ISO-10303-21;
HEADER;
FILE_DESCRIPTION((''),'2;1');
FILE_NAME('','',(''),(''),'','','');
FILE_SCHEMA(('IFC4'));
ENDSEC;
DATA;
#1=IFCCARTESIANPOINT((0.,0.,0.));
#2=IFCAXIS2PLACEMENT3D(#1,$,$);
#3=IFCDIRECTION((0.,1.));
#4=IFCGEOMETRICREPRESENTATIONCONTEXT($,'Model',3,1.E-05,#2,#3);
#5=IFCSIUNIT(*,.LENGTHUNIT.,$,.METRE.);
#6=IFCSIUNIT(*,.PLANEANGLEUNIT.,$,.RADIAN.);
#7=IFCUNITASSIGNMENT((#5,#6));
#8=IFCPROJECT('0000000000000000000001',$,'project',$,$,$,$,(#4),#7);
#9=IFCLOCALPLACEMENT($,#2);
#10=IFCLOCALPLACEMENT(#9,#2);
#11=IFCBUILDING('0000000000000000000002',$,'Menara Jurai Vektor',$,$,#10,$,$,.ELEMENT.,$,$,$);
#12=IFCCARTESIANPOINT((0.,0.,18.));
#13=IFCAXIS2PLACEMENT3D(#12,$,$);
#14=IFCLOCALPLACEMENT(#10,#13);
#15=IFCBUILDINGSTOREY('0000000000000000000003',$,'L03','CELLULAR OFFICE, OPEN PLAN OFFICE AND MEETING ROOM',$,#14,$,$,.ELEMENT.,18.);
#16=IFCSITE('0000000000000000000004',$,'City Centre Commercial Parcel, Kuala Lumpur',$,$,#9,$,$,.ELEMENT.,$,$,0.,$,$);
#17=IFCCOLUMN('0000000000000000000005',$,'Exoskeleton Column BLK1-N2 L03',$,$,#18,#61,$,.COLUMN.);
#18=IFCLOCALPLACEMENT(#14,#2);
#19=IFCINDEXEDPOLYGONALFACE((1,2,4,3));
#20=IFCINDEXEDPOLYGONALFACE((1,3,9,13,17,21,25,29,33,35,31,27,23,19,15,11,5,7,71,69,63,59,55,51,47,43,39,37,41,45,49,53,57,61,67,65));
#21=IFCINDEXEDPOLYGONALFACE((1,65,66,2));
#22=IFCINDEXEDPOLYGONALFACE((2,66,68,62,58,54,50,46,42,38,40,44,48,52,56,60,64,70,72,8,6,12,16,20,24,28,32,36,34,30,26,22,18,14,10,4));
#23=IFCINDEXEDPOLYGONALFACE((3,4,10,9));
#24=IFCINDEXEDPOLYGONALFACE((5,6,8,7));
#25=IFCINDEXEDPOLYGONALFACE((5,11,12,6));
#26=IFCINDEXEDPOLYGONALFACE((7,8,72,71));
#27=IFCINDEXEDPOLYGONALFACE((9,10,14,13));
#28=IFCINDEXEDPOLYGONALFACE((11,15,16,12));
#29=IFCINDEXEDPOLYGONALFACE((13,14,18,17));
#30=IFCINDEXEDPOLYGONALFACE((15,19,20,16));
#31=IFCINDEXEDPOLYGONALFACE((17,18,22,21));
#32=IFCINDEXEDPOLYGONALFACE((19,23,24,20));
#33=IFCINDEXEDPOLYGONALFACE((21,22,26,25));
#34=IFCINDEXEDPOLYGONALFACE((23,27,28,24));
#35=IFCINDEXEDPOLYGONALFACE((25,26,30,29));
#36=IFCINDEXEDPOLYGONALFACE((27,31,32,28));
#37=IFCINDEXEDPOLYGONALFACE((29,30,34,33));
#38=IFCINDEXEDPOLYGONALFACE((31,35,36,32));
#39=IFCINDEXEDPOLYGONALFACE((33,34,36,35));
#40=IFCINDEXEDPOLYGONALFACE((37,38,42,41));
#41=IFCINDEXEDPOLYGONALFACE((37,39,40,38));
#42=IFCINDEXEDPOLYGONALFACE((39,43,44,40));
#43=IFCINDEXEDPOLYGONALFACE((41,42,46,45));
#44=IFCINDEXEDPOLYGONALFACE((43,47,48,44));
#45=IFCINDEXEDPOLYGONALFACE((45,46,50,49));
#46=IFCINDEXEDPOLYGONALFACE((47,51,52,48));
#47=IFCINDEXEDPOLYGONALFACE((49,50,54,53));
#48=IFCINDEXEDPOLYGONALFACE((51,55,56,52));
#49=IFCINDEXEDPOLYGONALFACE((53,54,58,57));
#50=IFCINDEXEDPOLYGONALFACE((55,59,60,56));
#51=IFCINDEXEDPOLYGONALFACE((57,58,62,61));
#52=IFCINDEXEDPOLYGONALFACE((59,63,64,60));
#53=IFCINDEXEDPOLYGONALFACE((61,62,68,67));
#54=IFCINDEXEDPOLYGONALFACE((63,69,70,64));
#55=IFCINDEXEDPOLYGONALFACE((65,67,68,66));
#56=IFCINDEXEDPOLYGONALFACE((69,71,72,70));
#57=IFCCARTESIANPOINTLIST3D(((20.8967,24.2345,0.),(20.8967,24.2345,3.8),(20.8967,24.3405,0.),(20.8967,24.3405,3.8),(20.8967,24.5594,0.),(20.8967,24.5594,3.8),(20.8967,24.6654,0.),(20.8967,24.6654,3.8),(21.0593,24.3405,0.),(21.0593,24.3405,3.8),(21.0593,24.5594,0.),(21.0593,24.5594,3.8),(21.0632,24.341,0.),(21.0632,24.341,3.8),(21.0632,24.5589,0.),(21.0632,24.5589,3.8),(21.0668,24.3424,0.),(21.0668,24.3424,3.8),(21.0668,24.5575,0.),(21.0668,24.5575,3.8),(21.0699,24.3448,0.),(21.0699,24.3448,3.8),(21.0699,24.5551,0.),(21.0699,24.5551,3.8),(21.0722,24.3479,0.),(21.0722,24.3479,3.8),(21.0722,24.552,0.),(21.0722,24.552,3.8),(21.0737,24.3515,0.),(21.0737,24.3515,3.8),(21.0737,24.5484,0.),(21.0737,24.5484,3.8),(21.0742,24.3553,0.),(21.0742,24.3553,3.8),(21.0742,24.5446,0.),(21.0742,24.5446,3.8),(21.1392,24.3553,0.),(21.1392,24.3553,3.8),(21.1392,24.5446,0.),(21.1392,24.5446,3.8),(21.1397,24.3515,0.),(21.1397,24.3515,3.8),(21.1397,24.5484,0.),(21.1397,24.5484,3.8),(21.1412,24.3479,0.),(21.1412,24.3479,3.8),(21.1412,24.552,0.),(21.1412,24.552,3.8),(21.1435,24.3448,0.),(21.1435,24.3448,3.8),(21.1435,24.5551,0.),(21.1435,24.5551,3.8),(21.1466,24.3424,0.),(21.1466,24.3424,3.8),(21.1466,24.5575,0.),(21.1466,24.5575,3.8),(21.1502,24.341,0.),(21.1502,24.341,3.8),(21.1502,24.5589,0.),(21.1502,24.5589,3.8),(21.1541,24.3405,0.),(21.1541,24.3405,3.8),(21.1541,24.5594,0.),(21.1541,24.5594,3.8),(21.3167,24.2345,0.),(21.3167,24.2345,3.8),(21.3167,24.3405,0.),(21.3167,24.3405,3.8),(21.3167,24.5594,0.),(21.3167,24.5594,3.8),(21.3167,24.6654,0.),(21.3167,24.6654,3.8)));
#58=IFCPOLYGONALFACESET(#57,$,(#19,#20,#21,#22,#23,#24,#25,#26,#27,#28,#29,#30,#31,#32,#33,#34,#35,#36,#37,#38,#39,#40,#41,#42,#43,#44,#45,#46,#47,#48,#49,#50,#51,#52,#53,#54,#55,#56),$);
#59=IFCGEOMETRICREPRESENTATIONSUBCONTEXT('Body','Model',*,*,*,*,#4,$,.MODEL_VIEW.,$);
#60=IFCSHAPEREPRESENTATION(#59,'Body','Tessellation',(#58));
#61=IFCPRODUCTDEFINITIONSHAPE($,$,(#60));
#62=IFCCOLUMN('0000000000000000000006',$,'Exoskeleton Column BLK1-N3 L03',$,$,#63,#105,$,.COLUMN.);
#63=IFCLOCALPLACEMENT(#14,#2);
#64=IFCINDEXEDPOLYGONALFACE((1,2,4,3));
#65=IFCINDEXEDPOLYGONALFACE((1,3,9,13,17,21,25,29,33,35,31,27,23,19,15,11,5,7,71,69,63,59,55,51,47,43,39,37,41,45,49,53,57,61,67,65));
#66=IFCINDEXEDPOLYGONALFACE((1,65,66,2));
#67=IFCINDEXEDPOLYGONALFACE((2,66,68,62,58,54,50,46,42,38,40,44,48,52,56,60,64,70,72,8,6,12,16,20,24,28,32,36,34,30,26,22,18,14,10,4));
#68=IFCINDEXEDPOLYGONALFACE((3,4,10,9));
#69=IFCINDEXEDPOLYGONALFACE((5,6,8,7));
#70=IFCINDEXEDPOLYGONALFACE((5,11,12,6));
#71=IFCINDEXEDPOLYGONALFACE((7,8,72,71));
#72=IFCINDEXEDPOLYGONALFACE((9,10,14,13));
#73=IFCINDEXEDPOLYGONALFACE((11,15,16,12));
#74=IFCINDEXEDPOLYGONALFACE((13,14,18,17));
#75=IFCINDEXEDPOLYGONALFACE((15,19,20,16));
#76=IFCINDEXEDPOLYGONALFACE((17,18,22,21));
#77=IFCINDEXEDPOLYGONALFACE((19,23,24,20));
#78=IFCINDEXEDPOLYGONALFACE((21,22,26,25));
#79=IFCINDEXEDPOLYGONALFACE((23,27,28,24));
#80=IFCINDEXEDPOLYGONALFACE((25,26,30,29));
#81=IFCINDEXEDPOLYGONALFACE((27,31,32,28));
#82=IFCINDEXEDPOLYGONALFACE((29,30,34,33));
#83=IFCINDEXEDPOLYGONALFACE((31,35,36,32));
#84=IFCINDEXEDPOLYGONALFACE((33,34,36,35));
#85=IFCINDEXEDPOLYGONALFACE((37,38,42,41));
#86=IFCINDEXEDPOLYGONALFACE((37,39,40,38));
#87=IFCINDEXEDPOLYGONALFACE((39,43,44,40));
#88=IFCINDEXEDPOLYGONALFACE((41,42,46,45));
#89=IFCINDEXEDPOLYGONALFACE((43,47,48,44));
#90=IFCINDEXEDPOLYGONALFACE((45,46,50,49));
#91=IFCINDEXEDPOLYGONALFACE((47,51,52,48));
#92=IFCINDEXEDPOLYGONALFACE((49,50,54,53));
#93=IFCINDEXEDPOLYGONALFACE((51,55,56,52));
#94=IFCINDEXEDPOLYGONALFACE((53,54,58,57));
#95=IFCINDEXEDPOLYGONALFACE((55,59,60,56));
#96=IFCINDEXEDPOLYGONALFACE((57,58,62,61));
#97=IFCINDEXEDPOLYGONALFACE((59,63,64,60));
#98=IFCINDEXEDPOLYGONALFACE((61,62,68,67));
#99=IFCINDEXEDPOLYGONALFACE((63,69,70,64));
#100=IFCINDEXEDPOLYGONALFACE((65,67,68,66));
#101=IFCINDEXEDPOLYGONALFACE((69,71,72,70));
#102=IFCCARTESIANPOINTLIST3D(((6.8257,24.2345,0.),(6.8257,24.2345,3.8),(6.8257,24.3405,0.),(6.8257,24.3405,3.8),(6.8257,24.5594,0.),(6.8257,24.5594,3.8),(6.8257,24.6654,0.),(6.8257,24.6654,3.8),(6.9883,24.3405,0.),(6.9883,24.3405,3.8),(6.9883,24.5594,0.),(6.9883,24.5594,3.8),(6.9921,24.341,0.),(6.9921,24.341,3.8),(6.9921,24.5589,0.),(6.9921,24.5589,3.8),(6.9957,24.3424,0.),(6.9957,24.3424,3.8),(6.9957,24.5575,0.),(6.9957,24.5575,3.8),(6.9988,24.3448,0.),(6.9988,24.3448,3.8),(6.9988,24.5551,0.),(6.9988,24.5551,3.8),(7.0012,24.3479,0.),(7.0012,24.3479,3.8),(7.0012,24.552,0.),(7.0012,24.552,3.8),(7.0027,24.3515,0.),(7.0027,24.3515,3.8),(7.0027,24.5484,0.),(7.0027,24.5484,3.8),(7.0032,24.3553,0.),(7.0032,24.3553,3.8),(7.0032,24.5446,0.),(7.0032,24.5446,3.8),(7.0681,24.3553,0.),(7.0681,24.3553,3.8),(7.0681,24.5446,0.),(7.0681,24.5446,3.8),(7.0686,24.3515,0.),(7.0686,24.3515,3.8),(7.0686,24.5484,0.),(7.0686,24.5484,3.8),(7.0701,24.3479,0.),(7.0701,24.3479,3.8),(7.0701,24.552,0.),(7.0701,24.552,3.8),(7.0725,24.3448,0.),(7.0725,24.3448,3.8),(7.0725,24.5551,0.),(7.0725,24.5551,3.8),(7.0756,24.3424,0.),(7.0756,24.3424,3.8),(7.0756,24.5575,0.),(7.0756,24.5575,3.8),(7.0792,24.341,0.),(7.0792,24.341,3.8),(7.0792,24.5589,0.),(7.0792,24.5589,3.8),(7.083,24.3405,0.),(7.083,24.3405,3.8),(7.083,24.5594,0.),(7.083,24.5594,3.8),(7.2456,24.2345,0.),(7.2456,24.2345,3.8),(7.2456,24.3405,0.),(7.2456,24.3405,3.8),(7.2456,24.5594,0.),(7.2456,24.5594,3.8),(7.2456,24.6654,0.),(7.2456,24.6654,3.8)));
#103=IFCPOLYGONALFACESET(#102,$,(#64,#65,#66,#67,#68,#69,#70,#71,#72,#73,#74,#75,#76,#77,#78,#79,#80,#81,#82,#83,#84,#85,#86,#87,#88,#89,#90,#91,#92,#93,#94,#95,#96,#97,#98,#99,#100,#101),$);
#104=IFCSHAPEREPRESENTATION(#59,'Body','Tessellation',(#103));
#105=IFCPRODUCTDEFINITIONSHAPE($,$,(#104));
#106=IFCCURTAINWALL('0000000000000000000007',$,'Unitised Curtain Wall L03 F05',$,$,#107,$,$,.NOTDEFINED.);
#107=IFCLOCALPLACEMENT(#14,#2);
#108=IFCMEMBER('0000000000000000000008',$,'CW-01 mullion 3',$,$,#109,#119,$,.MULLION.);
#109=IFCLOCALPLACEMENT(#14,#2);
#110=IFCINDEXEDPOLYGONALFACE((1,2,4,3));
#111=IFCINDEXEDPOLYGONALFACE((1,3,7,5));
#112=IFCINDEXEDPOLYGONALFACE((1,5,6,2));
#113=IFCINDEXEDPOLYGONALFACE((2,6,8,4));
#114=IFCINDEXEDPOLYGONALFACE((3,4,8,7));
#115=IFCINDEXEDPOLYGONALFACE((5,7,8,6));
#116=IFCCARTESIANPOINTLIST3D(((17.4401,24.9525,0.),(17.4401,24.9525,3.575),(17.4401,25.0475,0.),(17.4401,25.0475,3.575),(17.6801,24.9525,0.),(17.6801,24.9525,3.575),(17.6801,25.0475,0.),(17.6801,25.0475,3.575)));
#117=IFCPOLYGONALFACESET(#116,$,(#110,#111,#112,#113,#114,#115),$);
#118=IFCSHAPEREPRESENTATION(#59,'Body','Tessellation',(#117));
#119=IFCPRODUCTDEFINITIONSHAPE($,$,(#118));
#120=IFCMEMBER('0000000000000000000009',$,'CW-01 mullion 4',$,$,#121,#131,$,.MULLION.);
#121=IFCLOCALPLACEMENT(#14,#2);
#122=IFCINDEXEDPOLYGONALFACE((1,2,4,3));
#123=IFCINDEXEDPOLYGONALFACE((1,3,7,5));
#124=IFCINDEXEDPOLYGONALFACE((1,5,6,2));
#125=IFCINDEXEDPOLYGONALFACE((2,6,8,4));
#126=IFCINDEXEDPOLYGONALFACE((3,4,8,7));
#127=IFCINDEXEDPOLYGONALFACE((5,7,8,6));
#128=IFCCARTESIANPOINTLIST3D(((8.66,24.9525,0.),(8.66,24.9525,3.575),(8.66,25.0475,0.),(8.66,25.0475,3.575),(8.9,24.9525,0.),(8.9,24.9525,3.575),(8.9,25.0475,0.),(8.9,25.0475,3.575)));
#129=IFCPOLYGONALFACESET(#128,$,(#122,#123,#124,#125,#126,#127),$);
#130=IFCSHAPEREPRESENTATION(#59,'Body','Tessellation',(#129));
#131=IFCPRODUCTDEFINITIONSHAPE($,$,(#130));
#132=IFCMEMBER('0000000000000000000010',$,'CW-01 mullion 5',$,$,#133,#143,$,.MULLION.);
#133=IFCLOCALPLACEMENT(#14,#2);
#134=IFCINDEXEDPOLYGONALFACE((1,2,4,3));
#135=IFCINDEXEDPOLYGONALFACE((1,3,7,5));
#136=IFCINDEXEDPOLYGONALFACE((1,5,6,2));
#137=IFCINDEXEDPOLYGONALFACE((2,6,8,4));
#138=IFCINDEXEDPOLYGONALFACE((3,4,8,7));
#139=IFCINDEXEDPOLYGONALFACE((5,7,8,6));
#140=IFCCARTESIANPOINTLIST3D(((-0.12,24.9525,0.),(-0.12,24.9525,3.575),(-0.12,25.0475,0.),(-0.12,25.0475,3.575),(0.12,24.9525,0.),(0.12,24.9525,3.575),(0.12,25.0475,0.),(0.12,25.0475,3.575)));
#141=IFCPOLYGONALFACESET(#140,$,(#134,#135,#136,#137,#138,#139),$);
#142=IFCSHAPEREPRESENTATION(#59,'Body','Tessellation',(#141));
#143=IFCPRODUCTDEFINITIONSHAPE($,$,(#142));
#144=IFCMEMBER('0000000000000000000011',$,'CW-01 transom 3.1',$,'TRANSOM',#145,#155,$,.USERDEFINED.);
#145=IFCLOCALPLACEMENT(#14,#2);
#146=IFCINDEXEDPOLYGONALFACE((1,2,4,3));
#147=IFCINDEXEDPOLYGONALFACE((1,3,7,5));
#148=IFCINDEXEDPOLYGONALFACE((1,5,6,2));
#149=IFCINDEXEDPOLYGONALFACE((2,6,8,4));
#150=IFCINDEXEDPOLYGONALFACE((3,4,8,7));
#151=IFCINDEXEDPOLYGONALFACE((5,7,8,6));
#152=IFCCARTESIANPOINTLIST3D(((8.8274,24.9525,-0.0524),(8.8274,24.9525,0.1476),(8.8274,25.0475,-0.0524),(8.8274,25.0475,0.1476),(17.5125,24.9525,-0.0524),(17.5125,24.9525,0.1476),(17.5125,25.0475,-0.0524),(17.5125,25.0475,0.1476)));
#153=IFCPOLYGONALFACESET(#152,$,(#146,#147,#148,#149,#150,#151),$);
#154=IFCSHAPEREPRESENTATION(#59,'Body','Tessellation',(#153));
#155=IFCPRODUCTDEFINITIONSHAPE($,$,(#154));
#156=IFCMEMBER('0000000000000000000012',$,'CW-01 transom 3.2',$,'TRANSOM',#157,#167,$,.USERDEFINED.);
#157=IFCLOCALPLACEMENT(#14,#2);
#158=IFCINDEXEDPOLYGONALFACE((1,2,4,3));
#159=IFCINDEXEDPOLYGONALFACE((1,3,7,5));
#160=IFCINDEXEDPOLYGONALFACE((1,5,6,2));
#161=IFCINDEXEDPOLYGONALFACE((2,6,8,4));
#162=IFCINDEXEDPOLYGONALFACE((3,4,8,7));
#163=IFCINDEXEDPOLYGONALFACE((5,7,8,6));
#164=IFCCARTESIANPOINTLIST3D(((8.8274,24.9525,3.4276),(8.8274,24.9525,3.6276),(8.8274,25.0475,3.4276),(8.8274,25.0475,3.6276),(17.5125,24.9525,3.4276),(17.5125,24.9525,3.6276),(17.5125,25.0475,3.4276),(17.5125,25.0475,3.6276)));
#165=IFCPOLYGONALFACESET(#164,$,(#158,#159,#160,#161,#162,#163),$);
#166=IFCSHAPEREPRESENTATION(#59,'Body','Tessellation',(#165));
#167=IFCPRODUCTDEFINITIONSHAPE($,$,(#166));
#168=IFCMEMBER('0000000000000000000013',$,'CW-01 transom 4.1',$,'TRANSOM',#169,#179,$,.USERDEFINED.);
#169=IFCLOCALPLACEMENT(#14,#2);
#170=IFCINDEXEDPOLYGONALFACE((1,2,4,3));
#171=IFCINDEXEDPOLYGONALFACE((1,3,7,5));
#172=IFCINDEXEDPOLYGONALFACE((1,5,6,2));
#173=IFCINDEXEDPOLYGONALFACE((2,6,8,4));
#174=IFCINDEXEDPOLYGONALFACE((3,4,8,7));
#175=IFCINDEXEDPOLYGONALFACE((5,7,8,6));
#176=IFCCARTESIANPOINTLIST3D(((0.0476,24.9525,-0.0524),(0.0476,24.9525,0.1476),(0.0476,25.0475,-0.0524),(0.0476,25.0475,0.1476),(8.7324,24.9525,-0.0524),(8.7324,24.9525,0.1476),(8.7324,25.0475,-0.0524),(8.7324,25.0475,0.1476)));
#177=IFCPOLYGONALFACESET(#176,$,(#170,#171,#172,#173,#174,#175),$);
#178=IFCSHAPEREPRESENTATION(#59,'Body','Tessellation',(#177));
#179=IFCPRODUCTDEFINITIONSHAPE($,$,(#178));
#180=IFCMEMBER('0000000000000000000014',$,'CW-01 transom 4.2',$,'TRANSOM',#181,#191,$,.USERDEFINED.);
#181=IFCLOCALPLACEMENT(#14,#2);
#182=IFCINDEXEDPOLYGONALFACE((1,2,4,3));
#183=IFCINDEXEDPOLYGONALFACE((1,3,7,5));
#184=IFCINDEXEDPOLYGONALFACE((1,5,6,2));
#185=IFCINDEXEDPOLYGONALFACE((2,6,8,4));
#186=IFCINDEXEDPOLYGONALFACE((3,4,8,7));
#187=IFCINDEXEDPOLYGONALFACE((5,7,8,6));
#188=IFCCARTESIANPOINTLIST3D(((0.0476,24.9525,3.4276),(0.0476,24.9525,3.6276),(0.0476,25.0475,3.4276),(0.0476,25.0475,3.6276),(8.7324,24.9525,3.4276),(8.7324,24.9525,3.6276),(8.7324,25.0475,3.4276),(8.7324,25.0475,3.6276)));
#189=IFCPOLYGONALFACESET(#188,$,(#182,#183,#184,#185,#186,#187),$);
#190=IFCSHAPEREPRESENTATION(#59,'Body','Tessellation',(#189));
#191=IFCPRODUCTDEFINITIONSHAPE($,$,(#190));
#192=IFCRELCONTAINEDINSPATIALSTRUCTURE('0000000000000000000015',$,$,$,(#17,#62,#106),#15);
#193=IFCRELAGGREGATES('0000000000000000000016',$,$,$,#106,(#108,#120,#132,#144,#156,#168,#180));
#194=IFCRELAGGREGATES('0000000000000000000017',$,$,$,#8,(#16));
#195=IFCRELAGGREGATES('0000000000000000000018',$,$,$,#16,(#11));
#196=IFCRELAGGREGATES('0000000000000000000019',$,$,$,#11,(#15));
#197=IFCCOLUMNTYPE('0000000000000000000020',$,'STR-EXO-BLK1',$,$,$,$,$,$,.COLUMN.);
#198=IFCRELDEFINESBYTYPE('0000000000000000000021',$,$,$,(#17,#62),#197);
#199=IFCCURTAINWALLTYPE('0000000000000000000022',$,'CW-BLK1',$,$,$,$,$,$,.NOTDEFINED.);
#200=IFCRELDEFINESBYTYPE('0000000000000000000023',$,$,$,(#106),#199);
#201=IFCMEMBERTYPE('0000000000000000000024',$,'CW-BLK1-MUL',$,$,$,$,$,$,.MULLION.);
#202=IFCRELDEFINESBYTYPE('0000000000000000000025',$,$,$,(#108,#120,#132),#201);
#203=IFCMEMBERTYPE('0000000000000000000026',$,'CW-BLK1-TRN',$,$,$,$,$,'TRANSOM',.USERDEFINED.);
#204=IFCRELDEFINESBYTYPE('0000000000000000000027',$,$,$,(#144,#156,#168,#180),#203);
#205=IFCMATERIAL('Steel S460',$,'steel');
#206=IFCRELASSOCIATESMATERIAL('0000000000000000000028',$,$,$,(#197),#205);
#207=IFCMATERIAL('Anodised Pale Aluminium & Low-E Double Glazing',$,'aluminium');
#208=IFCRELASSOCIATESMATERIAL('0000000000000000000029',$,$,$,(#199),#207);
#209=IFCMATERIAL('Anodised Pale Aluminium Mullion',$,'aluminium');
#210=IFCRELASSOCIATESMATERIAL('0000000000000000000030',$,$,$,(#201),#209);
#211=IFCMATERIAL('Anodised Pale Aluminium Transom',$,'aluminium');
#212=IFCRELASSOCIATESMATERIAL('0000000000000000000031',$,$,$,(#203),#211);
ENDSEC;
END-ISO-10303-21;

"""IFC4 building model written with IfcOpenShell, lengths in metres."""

from ifc_helpers import new_model, si_unit, direction, frame, origin, origin_2d, place, context, subcontext, project, spatial, rectangle, i_section, extrude, material, material_profile, profile_set, type_object, element, aggregate, save


model = new_model("IFC4")

# Units and contexts
model_context = context("Model", 3, precision=1e-05, world=origin(), true_north=direction((0.0, 1.0)))
body_context = subcontext(model_context, "Body", "Model", "MODEL_VIEW")
ifc_project = project(units=[si_unit("LENGTHUNIT", "METRE"), si_unit("PLANEANGLEUNIT", "RADIAN")], contexts=[model_context])

# Site, building, storey
site_placement = place(None, origin())
site = spatial("IfcSite", under=ifc_project, at=site_placement, Name="City Centre Commercial Parcel, Kuala Lumpur", CompositionType="ELEMENT", RefElevation=0.0)
building_placement = place(site_placement, origin())
building = spatial("IfcBuilding", under=site, at=building_placement, Name="Menara Jurai Vektor", CompositionType="ELEMENT")
storey_placement = place(building_placement, frame((0.0, 0.0, 18.0)))
storey = spatial("IfcBuildingStorey", under=building, at=storey_placement, Name="L03", Description="CELLULAR OFFICE, OPEN PLAN OFFICE AND MEETING ROOM", CompositionType="ELEMENT", Elevation=18.0)

# Columns
ifc_material_1 = material(Name="Steel S460", Category="steel")
ifc_material_profile_1 = material_profile(ifc_material_1, i_section(OverallWidth=0.4199, OverallDepth=0.4309, WebThickness=0.0649, FlangeThickness=0.106, FilletRadius=0.0149, at=origin_2d()), Name="HD 400x900")
ifc_profile_set_1 = profile_set([ifc_material_profile_1], Name="Steel S460")
column_type = type_object("IfcColumnType", Name="STR-EXO-BLK1", PredefinedType="COLUMN", material=ifc_profile_set_1)
for number, where, z_axis, x_axis, name in (
    (1, (21.1067, 24.45, 0.0), (0.0, 0.0, 1.0), (1.0, 0.0, 0.0), "Exoskeleton Column BLK1-N2 L03"),
    (2, (7.0356, 24.45, 0.0), (0.0, 0.0, 1.0), (1.0, 0.0, 0.0), "Exoskeleton Column BLK1-N3 L03"),
):
    element("IfcColumn", number, at=place(storey_placement, frame(where, z_axis=z_axis, x_axis=x_axis)), inside=storey, type_object=column_type, Name=name, PredefinedType="COLUMN", context=body_context, shape_type="SweptSolid", body=[
        extrude(i_section(OverallWidth=0.4199, OverallDepth=0.4309, WebThickness=0.0649, FlangeThickness=0.106, FilletRadius=0.0149, at=origin_2d()), origin(), (0.0, 0.0, 1.0), 3.8),
    ])

# Curtain wall, members
ifc_material_2 = material(Name="Anodised Pale Aluminium & Low-E Double Glazing", Category="aluminium")
curtain_wall_type = type_object("IfcCurtainWallType", Name="CW-BLK1", PredefinedType="NOTDEFINED", material=ifc_material_2)
curtain_wall_placement = place(storey_placement, origin())
curtain_wall = element("IfcCurtainWall", 3, at=curtain_wall_placement, inside=storey, type_object=curtain_wall_type, Name="Unitised Curtain Wall L03 F05", PredefinedType="NOTDEFINED")
ifc_material_3 = material(Name="Anodised Pale Aluminium Mullion", Category="aluminium")
ifc_material_profile_2 = material_profile(ifc_material_3, rectangle(XDim=0.095, YDim=0.24, at=origin_2d()), Name="ALU MUL 95x240")
ifc_profile_set_2 = profile_set([ifc_material_profile_2], Name="Anodised Pale Aluminium Mullion")
member_type_1 = type_object("IfcMemberType", Name="CW-BLK1-MUL", PredefinedType="MULLION", material=ifc_profile_set_2)
member_1_placement = place(storey_placement, frame((17.5601, 25.0, 0.0), z_axis=(0.0, 0.0, 1.0), x_axis=(0.0, -1.0, 0.0)))
member_1 = element("IfcMember", 4, at=member_1_placement, type_object=member_type_1, Name="CW-01 mullion 3", PredefinedType="MULLION", context=body_context, shape_type="SweptSolid", body=[
    extrude(rectangle(XDim=0.095, YDim=0.24, at=origin_2d()), origin(), (0.0, 0.0, 1.0), 3.575),
])
member_2_placement = place(storey_placement, frame((8.78, 25.0, 0.0), z_axis=(0.0, 0.0, 1.0), x_axis=(0.0, -1.0, 0.0)))
member_2 = element("IfcMember", 5, at=member_2_placement, type_object=member_type_1, Name="CW-01 mullion 4", PredefinedType="MULLION", context=body_context, shape_type="SweptSolid", body=[
    extrude(rectangle(XDim=0.095, YDim=0.24, at=origin_2d()), origin(), (0.0, 0.0, 1.0), 3.575),
])
member_3_placement = place(storey_placement, frame((0.0, 25.0, 0.0), z_axis=(0.0, 0.0, 1.0), x_axis=(0.0, -1.0, 0.0)))
member_3 = element("IfcMember", 6, at=member_3_placement, type_object=member_type_1, Name="CW-01 mullion 5", PredefinedType="MULLION", context=body_context, shape_type="SweptSolid", body=[
    extrude(rectangle(XDim=0.095, YDim=0.24, at=origin_2d()), origin(), (0.0, 0.0, 1.0), 3.575),
])
ifc_material_4 = material(Name="Anodised Pale Aluminium Transom", Category="aluminium")
ifc_material_profile_3 = material_profile(ifc_material_4, rectangle(XDim=0.095, YDim=0.2, at=origin_2d()), Name="ALU TRN 95x200")
ifc_profile_set_3 = profile_set([ifc_material_profile_3], Name="Anodised Pale Aluminium Transom")
member_type_2 = type_object("IfcMemberType", Name="CW-BLK1-TRN", ElementType="TRANSOM", PredefinedType="USERDEFINED", material=ifc_profile_set_3)
member_4_placement = place(storey_placement, frame((17.5125, 25.0, 0.0476), z_axis=(-1.0, 0.0, 0.0), x_axis=(0.0, -1.0, 0.0)))
member_4 = element("IfcMember", 7, at=member_4_placement, type_object=member_type_2, Name="CW-01 transom 3.1", ObjectType="TRANSOM", PredefinedType="USERDEFINED", context=body_context, shape_type="SweptSolid", body=[
    extrude(rectangle(XDim=0.095, YDim=0.2, at=origin_2d()), origin(), (0.0, 0.0, 1.0), 8.6851),
])
member_5_placement = place(storey_placement, frame((17.5125, 25.0, 3.5276), z_axis=(-1.0, 0.0, 0.0), x_axis=(0.0, -1.0, 0.0)))
member_5 = element("IfcMember", 8, at=member_5_placement, type_object=member_type_2, Name="CW-01 transom 3.2", ObjectType="TRANSOM", PredefinedType="USERDEFINED", context=body_context, shape_type="SweptSolid", body=[
    extrude(rectangle(XDim=0.095, YDim=0.2, at=origin_2d()), origin(), (0.0, 0.0, 1.0), 8.6851),
])
member_6_placement = place(storey_placement, frame((8.7324, 25.0, 0.0476), z_axis=(-1.0, 0.0, 0.0), x_axis=(0.0, -1.0, 0.0)))
member_6 = element("IfcMember", 9, at=member_6_placement, type_object=member_type_2, Name="CW-01 transom 4.1", ObjectType="TRANSOM", PredefinedType="USERDEFINED", context=body_context, shape_type="SweptSolid", body=[
    extrude(rectangle(XDim=0.095, YDim=0.2, at=origin_2d()), origin(), (0.0, 0.0, 1.0), 8.6848),
])
member_7_placement = place(storey_placement, frame((8.7324, 25.0, 3.5276), z_axis=(-1.0, 0.0, 0.0), x_axis=(0.0, -1.0, 0.0)))
member_7 = element("IfcMember", 10, at=member_7_placement, type_object=member_type_2, Name="CW-01 transom 4.2", ObjectType="TRANSOM", PredefinedType="USERDEFINED", context=body_context, shape_type="SweptSolid", body=[
    extrude(rectangle(XDim=0.095, YDim=0.2, at=origin_2d()), origin(), (0.0, 0.0, 1.0), 8.6848),
])

aggregate(curtain_wall, [member_1, member_2, member_3, member_4, member_5, member_6, member_7])

save(model, "model.ifc")
